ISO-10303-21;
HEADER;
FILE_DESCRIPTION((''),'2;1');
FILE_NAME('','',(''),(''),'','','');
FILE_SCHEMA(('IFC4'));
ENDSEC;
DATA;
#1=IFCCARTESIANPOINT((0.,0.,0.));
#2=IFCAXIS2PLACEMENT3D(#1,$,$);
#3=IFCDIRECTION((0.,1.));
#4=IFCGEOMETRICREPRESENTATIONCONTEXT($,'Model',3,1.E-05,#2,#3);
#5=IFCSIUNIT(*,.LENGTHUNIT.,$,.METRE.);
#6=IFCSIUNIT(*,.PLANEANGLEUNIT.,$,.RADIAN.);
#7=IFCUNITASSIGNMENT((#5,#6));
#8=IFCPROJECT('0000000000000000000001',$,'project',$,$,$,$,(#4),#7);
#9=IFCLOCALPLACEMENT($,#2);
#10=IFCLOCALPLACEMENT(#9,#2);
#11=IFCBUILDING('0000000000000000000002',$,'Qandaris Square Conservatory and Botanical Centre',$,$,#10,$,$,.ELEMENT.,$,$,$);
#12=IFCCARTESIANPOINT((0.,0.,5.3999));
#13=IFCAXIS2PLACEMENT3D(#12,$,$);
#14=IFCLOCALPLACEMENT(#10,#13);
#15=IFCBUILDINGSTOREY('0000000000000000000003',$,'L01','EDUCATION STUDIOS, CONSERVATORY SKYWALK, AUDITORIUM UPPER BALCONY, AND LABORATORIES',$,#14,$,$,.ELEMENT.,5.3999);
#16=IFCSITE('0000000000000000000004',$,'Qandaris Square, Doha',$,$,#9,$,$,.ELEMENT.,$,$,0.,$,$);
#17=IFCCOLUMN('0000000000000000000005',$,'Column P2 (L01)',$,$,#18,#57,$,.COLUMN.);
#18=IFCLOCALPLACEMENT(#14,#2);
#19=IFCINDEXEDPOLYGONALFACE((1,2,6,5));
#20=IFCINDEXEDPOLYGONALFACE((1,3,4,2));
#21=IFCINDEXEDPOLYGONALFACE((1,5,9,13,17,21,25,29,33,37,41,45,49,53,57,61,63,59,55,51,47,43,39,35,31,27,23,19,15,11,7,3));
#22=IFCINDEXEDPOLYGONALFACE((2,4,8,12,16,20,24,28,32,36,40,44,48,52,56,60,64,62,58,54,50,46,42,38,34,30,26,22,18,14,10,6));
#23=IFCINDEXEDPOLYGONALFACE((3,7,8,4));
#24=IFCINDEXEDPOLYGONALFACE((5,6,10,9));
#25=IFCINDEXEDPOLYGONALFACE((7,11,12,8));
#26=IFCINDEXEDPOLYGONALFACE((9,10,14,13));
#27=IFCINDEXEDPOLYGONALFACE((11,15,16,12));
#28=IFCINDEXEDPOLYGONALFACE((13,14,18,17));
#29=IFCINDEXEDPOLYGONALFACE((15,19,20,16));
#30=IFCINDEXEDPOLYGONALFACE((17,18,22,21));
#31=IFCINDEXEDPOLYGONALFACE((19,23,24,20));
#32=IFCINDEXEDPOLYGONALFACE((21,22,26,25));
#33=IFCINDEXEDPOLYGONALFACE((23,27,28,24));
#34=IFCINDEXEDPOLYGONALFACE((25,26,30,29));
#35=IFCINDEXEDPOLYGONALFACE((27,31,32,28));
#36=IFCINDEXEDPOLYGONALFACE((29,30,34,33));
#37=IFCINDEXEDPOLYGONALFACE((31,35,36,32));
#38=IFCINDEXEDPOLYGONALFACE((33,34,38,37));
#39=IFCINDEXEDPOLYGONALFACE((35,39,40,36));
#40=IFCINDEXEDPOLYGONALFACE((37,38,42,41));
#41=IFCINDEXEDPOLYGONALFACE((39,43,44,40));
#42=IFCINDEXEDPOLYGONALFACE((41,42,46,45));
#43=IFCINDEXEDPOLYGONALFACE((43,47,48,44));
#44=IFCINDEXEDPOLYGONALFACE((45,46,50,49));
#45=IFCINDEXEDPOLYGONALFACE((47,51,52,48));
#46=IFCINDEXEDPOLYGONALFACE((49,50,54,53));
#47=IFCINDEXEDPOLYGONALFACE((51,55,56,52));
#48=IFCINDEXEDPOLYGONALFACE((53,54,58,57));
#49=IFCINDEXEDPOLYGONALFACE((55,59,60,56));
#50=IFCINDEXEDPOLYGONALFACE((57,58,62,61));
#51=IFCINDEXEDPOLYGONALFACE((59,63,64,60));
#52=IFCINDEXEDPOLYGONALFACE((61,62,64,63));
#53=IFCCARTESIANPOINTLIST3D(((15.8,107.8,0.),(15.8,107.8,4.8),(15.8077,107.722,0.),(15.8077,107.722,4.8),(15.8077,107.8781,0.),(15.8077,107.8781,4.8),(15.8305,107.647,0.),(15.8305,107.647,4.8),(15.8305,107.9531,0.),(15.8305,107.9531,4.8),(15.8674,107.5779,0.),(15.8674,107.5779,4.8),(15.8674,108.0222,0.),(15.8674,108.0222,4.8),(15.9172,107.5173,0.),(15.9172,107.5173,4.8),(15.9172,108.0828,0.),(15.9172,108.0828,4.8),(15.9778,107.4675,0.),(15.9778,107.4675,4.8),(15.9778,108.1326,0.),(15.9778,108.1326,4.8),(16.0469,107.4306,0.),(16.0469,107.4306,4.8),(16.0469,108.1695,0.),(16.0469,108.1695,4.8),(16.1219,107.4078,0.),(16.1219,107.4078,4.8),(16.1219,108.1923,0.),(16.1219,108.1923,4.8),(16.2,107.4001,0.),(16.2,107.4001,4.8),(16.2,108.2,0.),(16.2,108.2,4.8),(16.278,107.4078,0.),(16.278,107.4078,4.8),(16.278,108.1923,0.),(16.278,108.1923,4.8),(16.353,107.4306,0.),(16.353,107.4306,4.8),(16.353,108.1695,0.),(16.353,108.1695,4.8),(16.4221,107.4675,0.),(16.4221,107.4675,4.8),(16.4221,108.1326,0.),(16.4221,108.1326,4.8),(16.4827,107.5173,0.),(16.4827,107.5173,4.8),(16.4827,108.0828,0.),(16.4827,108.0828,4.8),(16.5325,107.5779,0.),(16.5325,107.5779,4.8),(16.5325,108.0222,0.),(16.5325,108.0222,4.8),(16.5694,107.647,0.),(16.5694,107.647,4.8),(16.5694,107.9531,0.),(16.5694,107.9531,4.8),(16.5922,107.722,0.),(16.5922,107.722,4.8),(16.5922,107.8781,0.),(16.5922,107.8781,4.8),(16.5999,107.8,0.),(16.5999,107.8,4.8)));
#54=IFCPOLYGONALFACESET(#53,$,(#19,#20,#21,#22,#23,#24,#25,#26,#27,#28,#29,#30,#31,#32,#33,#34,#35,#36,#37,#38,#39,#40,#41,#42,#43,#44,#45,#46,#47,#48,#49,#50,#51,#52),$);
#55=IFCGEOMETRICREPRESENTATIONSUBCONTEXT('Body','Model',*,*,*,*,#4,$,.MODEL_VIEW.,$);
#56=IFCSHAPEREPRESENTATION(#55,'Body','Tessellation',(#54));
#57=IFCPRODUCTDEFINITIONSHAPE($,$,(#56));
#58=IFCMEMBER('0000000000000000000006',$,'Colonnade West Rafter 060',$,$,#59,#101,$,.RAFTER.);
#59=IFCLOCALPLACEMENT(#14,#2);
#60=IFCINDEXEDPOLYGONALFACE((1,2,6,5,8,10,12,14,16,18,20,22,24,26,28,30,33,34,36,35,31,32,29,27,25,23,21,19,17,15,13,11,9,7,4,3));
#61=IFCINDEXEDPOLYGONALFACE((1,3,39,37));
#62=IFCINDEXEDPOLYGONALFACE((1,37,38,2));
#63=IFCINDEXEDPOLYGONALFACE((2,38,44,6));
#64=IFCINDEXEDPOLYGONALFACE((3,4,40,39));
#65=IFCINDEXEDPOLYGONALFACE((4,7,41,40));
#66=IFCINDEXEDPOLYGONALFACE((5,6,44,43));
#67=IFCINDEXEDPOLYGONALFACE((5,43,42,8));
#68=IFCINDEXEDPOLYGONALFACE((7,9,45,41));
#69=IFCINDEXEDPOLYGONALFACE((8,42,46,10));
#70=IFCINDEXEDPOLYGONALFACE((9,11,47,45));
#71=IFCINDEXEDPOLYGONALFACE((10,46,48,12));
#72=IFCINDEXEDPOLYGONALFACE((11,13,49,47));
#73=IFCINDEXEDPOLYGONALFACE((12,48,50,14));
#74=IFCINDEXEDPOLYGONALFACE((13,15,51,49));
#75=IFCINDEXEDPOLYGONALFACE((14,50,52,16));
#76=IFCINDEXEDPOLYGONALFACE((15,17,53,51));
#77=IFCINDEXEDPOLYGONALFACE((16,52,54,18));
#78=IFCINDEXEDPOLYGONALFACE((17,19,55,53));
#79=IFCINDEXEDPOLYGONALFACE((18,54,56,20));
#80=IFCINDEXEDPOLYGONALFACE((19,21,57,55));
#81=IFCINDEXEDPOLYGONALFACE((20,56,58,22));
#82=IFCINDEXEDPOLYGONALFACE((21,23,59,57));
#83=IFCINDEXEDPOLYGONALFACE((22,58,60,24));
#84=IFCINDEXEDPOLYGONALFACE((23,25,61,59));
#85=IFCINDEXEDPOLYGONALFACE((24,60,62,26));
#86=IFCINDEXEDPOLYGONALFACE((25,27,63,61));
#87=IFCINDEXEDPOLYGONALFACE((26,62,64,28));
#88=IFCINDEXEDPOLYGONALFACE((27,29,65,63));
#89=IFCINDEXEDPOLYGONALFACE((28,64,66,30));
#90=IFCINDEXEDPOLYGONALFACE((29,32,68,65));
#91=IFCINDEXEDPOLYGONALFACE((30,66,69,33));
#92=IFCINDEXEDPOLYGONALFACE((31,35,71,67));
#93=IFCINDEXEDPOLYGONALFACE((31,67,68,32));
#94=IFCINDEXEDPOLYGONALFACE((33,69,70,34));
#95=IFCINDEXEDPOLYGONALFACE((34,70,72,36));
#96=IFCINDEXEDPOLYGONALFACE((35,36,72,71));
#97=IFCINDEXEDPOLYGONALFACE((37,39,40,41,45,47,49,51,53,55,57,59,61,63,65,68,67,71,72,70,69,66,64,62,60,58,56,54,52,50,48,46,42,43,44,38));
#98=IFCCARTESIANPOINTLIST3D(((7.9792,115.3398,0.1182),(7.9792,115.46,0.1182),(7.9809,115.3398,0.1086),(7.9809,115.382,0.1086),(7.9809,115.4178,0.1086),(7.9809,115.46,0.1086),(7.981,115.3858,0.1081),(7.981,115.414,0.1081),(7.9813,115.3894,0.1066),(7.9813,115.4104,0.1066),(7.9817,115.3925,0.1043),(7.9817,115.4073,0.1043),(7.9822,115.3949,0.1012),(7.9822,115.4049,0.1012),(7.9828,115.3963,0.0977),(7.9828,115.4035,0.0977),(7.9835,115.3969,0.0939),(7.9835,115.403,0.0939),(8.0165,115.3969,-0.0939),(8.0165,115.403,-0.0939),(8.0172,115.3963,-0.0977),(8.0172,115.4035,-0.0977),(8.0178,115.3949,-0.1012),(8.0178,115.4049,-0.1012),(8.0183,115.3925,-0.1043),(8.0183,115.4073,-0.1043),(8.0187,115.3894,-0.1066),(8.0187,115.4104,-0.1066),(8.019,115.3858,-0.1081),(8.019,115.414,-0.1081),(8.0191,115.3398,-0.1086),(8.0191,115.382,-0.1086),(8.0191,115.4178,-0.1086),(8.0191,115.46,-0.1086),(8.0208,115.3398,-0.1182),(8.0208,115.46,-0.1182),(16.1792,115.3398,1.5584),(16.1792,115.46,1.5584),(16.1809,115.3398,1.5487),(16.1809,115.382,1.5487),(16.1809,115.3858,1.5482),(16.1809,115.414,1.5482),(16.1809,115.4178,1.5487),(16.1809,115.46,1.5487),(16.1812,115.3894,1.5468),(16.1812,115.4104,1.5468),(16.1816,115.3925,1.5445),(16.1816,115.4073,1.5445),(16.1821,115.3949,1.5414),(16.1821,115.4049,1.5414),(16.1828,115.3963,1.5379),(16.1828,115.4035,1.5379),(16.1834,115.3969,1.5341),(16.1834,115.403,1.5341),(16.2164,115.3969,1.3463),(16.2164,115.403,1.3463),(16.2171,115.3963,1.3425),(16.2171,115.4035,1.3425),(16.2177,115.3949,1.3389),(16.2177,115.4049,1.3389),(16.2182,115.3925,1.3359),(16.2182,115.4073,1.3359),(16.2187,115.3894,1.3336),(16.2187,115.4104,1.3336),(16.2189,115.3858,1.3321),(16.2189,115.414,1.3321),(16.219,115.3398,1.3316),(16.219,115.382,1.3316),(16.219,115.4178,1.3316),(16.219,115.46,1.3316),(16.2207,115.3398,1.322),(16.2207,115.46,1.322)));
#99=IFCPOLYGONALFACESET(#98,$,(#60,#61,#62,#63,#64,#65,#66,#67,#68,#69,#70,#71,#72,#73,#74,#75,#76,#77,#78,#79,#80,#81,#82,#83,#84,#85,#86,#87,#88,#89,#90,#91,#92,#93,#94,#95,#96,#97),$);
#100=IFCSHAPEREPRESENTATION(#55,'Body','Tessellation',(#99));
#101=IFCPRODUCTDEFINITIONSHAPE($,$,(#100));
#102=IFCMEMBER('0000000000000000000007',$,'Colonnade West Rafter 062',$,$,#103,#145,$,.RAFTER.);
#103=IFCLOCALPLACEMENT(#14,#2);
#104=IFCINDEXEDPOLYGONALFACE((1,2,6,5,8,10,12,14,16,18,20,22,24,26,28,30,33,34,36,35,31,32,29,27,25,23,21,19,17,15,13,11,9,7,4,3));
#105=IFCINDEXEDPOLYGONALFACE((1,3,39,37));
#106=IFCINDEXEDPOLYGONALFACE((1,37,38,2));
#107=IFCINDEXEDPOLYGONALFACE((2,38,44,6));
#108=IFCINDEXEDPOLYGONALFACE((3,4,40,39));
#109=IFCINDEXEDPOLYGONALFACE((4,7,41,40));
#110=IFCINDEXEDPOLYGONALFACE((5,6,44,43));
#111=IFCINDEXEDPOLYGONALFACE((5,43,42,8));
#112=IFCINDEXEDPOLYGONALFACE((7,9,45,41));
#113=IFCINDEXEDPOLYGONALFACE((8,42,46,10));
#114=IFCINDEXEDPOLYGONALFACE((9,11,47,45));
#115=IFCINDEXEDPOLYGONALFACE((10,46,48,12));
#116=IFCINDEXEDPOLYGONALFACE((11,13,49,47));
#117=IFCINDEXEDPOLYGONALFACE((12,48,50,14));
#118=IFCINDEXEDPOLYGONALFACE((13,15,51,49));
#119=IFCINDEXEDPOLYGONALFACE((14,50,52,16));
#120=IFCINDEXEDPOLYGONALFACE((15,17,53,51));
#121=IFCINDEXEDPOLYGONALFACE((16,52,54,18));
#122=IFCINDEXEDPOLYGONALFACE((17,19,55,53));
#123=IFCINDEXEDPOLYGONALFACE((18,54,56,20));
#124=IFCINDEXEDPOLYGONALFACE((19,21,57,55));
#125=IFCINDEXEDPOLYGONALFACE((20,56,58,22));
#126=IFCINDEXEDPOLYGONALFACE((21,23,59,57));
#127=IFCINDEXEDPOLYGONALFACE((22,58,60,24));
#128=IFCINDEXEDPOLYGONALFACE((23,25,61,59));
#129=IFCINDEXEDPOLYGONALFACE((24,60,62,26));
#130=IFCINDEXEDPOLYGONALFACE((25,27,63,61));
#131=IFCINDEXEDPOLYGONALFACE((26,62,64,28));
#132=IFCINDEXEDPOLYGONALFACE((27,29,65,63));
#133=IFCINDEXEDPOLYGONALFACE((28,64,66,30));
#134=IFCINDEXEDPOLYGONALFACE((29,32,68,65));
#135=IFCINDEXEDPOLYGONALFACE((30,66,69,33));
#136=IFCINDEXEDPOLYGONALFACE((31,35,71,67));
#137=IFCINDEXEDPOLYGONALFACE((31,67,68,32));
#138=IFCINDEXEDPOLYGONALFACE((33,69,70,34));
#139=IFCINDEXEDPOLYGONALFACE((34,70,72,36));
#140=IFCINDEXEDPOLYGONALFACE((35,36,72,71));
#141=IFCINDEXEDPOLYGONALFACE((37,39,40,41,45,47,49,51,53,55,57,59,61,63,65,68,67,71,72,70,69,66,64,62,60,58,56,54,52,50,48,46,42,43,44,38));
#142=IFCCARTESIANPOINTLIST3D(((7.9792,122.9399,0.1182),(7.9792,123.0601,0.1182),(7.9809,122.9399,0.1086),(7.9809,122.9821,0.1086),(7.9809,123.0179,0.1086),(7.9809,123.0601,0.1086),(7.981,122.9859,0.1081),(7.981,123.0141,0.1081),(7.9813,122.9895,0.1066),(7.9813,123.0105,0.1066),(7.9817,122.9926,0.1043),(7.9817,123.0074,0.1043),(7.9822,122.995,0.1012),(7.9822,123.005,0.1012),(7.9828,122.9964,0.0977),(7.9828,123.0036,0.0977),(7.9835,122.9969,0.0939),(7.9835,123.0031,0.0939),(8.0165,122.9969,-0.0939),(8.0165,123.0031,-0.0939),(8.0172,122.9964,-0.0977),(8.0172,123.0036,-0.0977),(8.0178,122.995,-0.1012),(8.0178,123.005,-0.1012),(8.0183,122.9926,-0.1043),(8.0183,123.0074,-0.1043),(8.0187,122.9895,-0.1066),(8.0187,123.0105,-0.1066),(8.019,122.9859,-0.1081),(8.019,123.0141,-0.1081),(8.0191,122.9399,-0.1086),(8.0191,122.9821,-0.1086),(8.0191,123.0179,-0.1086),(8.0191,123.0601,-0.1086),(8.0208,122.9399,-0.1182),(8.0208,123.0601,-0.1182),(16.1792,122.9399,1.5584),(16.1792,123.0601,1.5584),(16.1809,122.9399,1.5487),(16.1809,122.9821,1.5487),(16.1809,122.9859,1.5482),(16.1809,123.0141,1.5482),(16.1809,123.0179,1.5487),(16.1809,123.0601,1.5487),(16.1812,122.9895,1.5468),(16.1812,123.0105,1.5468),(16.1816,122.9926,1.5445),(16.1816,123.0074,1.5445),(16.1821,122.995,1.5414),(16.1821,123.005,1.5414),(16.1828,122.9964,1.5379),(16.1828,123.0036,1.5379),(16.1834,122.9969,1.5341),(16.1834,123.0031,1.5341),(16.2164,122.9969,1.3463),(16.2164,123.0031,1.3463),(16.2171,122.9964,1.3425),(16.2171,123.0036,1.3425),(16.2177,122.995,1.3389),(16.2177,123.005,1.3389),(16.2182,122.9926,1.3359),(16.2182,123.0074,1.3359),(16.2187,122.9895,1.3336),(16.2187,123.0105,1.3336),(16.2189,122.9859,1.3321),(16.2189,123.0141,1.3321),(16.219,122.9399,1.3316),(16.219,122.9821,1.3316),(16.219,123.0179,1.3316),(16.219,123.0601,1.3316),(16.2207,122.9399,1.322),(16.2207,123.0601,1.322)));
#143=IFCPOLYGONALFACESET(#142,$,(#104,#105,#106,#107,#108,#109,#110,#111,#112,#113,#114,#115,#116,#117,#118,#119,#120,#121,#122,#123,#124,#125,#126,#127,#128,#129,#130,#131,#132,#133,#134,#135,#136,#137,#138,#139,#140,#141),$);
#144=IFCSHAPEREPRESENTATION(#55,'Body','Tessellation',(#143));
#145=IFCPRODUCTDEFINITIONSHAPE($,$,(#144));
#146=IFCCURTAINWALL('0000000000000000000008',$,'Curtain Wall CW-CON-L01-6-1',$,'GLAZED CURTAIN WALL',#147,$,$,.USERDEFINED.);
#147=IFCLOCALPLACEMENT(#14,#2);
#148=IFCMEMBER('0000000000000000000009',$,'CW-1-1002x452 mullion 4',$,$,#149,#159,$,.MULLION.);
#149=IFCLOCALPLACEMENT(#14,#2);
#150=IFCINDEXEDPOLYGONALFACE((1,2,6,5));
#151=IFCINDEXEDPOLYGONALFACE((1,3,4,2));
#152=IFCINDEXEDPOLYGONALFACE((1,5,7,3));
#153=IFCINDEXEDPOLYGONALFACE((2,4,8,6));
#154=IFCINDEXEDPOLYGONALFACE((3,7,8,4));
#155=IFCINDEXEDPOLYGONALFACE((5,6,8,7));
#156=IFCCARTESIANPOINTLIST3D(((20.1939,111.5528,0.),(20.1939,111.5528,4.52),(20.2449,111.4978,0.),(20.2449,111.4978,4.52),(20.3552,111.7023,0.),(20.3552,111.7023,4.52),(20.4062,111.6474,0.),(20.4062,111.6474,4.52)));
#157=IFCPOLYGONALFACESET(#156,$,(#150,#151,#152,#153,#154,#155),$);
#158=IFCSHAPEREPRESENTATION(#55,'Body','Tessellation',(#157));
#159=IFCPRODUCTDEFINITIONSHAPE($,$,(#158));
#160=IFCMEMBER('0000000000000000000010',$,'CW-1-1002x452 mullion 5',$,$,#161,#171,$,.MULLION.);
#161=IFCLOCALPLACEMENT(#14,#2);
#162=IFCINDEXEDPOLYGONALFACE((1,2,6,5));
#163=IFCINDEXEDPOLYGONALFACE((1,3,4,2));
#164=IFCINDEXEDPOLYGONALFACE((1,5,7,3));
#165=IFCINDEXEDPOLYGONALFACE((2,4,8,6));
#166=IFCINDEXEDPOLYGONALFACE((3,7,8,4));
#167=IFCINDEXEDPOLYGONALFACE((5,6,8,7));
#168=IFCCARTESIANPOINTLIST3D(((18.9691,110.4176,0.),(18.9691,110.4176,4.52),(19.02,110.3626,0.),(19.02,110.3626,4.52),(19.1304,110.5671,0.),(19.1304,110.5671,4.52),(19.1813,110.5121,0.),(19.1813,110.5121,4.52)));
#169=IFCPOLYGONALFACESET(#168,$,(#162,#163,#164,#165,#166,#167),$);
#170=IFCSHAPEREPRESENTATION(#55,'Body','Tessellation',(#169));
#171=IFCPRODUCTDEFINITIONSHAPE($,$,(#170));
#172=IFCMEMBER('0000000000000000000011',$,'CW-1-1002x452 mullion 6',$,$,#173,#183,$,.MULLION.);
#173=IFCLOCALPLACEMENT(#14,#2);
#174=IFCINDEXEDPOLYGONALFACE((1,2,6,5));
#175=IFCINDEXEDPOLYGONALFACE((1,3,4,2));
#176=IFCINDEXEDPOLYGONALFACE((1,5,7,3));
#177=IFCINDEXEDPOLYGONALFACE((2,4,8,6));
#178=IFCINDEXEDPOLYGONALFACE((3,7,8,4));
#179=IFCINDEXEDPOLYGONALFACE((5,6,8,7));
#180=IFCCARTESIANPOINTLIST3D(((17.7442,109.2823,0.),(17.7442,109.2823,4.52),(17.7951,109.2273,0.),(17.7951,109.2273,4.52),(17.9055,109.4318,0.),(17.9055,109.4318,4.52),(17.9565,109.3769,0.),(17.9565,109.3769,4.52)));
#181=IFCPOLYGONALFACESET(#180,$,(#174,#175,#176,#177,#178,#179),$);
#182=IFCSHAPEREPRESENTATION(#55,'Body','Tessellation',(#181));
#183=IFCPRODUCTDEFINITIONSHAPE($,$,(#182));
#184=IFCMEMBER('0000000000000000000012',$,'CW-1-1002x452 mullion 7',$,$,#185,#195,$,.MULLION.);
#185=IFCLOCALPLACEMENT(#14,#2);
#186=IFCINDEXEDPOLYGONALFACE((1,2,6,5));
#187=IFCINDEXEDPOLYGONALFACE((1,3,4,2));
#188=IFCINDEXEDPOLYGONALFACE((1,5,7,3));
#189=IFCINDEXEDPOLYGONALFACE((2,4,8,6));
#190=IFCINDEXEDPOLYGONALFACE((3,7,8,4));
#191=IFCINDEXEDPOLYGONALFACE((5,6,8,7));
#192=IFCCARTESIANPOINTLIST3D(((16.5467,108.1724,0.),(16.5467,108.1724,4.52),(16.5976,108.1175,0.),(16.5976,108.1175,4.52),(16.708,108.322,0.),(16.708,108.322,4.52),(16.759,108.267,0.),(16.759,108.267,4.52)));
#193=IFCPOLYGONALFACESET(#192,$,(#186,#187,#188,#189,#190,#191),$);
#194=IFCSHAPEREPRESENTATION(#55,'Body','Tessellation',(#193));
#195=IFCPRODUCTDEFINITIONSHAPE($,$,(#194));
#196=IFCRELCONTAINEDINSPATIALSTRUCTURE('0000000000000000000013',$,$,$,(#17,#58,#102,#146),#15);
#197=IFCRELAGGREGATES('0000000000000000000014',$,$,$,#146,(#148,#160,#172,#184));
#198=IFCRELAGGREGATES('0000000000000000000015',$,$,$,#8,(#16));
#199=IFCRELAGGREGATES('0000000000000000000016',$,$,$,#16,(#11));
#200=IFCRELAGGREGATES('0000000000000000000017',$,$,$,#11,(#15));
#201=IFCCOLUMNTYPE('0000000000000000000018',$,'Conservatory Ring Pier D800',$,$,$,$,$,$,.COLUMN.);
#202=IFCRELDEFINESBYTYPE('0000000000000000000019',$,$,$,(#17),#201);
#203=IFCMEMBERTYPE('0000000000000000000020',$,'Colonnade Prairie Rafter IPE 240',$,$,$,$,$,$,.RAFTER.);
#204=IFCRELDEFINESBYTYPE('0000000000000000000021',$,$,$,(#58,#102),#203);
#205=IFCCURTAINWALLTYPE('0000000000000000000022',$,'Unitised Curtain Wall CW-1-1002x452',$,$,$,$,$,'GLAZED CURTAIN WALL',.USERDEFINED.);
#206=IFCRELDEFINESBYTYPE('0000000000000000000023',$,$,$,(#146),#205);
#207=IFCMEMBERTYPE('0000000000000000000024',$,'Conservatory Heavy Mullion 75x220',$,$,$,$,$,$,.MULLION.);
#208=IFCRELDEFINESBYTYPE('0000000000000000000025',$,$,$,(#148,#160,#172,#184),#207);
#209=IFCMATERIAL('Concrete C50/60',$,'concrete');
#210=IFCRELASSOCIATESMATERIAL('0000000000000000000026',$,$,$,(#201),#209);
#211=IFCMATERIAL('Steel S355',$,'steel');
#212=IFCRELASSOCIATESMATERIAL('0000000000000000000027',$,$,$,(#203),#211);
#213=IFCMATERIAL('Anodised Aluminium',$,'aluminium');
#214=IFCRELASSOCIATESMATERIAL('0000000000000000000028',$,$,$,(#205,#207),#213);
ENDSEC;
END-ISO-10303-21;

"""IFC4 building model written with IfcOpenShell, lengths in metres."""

from ifc_helpers import new_model, si_unit, direction, frame, origin, origin_2d, place, context, subcontext, project, spatial, rectangle, circle, i_section, extrude, material, material_profile, profile_set, type_object, element, aggregate, save


model = new_model("IFC4")

# Units and contexts
model_context = context("Model", 3, precision=1e-05, world=origin(), true_north=direction((0.0, 1.0)))
body_context = subcontext(model_context, "Body", "Model", "MODEL_VIEW")
ifc_project = project(units=[si_unit("LENGTHUNIT", "METRE"), si_unit("PLANEANGLEUNIT", "RADIAN")], contexts=[model_context])

# Site, building, storey
site_placement = place(None, origin())
site = spatial("IfcSite", under=ifc_project, at=site_placement, Name="Qandaris Square, Doha", CompositionType="ELEMENT", RefElevation=0.0)
building_placement = place(site_placement, origin())
building = spatial("IfcBuilding", under=site, at=building_placement, Name="Qandaris Square Conservatory and Botanical Centre", CompositionType="ELEMENT")
storey_placement = place(building_placement, frame((0.0, 0.0, 5.3999)))
storey = spatial("IfcBuildingStorey", under=building, at=storey_placement, Name="L01", Description="EDUCATION STUDIOS, CONSERVATORY SKYWALK, AUDITORIUM UPPER BALCONY, AND LABORATORIES", CompositionType="ELEMENT", Elevation=5.3999)

# Column
ifc_material_1 = material(Name="Concrete C50/60", Category="concrete")
ifc_material_profile_1 = material_profile(ifc_material_1, circle(Radius=0.3999, at=origin_2d()), Name="RC-COL D800")
ifc_profile_set_1 = profile_set([ifc_material_profile_1], Name="Concrete C50/60")
column_type = type_object("IfcColumnType", Name="Conservatory Ring Pier D800", PredefinedType="COLUMN", material=ifc_profile_set_1)
column_placement = place(storey_placement, frame((16.2, 107.8, 0.0), z_axis=(0.0, 0.0, 1.0), x_axis=(1.0, 0.0, 0.0)))
element("IfcColumn", 1, at=column_placement, inside=storey, type_object=column_type, Name="Column P2 (L01)", PredefinedType="COLUMN", context=body_context, shape_type="SweptSolid", body=[
    extrude(circle(Radius=0.3999, at=origin_2d()), origin(), (0.0, 0.0, 1.0), 4.8),
])

# Members
ifc_material_2 = material(Name="Steel S355", Category="steel")
ifc_material_profile_2 = material_profile(ifc_material_2, i_section(OverallWidth=0.1201, OverallDepth=0.24, WebThickness=0.0061, FlangeThickness=0.0098, FilletRadius=0.0149, at=origin_2d()), Name="IPE 240")
ifc_profile_set_2 = profile_set([ifc_material_profile_2], Name="Steel S355")
member_type_1 = type_object("IfcMemberType", Name="Colonnade Prairie Rafter IPE 240", PredefinedType="RAFTER", material=ifc_profile_set_2)
for number, where, z_axis, x_axis, name in (
    (2, (8.0, 115.3999, 0.0), (0.984924, 0.0, 0.172986), (0.0, 1.0, 0.0), "Colonnade West Rafter 060"),
    (3, (8.0, 123.0, 0.0), (0.984924, 0.0, 0.172986), (0.0, 1.0, 0.0), "Colonnade West Rafter 062"),
):
    element("IfcMember", number, at=place(storey_placement, frame(where, z_axis=z_axis, x_axis=x_axis)), inside=storey, type_object=member_type_1, Name=name, PredefinedType="RAFTER", context=body_context, shape_type="SweptSolid", body=[
        extrude(i_section(OverallWidth=0.1201, OverallDepth=0.24, WebThickness=0.0061, FlangeThickness=0.0098, FilletRadius=0.0149, at=origin_2d()), origin(), (0.0, 0.0, 1.0), 8.3254),
    ])

# Curtain wall, members
ifc_material_3 = material(Name="Anodised Aluminium", Category="aluminium")
curtain_wall_type = type_object("IfcCurtainWallType", Name="Unitised Curtain Wall CW-1-1002x452", ElementType="GLAZED CURTAIN WALL", PredefinedType="USERDEFINED", material=ifc_material_3)
curtain_wall_placement = place(storey_placement, origin())
curtain_wall = element("IfcCurtainWall", 4, at=curtain_wall_placement, inside=storey, type_object=curtain_wall_type, Name="Curtain Wall CW-CON-L01-6-1", ObjectType="GLAZED CURTAIN WALL", PredefinedType="USERDEFINED")
ifc_material_profile_3 = material_profile(ifc_material_3, rectangle(XDim=0.075, YDim=0.22, at=origin_2d()), Name="ALU-MUL 75x220")
ifc_profile_set_3 = profile_set([ifc_material_profile_3], Name="Anodised Aluminium")
member_type_2 = type_object("IfcMemberType", Name="Conservatory Heavy Mullion 75x220", PredefinedType="MULLION", material=ifc_profile_set_3)
member_1_placement = place(storey_placement, frame((20.3, 111.6001, 0.0), z_axis=(0.0, 0.0, 1.0), x_axis=(0.679762, -0.733433, 0.0)))
member_1 = element("IfcMember", 5, at=member_1_placement, type_object=member_type_2, Name="CW-1-1002x452 mullion 4", PredefinedType="MULLION", context=body_context, shape_type="SweptSolid", body=[
    extrude(rectangle(XDim=0.075, YDim=0.22, at=origin_2d()), origin(), (0.0, 0.0, 1.0), 4.52),
])
member_2_placement = place(storey_placement, frame((19.0752, 110.4648, 0.0), z_axis=(0.0, 0.0, 1.0), x_axis=(0.679762, -0.733433, 0.0)))
member_2 = element("IfcMember", 6, at=member_2_placement, type_object=member_type_2, Name="CW-1-1002x452 mullion 5", PredefinedType="MULLION", context=body_context, shape_type="SweptSolid", body=[
    extrude(rectangle(XDim=0.075, YDim=0.22, at=origin_2d()), origin(), (0.0, 0.0, 1.0), 4.52),
])
member_3_placement = place(storey_placement, frame((17.8503, 109.3296, 0.0), z_axis=(0.0, 0.0, 1.0), x_axis=(0.679762, -0.733433, 0.0)))
member_3 = element("IfcMember", 7, at=member_3_placement, type_object=member_type_2, Name="CW-1-1002x452 mullion 6", PredefinedType="MULLION", context=body_context, shape_type="SweptSolid", body=[
    extrude(rectangle(XDim=0.075, YDim=0.22, at=origin_2d()), origin(), (0.0, 0.0, 1.0), 4.52),
])
member_4_placement = place(storey_placement, frame((16.6528, 108.2197, 0.0), z_axis=(0.0, 0.0, 1.0), x_axis=(0.679762, -0.733433, 0.0)))
member_4 = element("IfcMember", 8, at=member_4_placement, type_object=member_type_2, Name="CW-1-1002x452 mullion 7", PredefinedType="MULLION", context=body_context, shape_type="SweptSolid", body=[
    extrude(rectangle(XDim=0.075, YDim=0.22, at=origin_2d()), origin(), (0.0, 0.0, 1.0), 4.52),
])
aggregate(curtain_wall, [member_1, member_2, member_3, member_4])

save(model, "model.ifc")
